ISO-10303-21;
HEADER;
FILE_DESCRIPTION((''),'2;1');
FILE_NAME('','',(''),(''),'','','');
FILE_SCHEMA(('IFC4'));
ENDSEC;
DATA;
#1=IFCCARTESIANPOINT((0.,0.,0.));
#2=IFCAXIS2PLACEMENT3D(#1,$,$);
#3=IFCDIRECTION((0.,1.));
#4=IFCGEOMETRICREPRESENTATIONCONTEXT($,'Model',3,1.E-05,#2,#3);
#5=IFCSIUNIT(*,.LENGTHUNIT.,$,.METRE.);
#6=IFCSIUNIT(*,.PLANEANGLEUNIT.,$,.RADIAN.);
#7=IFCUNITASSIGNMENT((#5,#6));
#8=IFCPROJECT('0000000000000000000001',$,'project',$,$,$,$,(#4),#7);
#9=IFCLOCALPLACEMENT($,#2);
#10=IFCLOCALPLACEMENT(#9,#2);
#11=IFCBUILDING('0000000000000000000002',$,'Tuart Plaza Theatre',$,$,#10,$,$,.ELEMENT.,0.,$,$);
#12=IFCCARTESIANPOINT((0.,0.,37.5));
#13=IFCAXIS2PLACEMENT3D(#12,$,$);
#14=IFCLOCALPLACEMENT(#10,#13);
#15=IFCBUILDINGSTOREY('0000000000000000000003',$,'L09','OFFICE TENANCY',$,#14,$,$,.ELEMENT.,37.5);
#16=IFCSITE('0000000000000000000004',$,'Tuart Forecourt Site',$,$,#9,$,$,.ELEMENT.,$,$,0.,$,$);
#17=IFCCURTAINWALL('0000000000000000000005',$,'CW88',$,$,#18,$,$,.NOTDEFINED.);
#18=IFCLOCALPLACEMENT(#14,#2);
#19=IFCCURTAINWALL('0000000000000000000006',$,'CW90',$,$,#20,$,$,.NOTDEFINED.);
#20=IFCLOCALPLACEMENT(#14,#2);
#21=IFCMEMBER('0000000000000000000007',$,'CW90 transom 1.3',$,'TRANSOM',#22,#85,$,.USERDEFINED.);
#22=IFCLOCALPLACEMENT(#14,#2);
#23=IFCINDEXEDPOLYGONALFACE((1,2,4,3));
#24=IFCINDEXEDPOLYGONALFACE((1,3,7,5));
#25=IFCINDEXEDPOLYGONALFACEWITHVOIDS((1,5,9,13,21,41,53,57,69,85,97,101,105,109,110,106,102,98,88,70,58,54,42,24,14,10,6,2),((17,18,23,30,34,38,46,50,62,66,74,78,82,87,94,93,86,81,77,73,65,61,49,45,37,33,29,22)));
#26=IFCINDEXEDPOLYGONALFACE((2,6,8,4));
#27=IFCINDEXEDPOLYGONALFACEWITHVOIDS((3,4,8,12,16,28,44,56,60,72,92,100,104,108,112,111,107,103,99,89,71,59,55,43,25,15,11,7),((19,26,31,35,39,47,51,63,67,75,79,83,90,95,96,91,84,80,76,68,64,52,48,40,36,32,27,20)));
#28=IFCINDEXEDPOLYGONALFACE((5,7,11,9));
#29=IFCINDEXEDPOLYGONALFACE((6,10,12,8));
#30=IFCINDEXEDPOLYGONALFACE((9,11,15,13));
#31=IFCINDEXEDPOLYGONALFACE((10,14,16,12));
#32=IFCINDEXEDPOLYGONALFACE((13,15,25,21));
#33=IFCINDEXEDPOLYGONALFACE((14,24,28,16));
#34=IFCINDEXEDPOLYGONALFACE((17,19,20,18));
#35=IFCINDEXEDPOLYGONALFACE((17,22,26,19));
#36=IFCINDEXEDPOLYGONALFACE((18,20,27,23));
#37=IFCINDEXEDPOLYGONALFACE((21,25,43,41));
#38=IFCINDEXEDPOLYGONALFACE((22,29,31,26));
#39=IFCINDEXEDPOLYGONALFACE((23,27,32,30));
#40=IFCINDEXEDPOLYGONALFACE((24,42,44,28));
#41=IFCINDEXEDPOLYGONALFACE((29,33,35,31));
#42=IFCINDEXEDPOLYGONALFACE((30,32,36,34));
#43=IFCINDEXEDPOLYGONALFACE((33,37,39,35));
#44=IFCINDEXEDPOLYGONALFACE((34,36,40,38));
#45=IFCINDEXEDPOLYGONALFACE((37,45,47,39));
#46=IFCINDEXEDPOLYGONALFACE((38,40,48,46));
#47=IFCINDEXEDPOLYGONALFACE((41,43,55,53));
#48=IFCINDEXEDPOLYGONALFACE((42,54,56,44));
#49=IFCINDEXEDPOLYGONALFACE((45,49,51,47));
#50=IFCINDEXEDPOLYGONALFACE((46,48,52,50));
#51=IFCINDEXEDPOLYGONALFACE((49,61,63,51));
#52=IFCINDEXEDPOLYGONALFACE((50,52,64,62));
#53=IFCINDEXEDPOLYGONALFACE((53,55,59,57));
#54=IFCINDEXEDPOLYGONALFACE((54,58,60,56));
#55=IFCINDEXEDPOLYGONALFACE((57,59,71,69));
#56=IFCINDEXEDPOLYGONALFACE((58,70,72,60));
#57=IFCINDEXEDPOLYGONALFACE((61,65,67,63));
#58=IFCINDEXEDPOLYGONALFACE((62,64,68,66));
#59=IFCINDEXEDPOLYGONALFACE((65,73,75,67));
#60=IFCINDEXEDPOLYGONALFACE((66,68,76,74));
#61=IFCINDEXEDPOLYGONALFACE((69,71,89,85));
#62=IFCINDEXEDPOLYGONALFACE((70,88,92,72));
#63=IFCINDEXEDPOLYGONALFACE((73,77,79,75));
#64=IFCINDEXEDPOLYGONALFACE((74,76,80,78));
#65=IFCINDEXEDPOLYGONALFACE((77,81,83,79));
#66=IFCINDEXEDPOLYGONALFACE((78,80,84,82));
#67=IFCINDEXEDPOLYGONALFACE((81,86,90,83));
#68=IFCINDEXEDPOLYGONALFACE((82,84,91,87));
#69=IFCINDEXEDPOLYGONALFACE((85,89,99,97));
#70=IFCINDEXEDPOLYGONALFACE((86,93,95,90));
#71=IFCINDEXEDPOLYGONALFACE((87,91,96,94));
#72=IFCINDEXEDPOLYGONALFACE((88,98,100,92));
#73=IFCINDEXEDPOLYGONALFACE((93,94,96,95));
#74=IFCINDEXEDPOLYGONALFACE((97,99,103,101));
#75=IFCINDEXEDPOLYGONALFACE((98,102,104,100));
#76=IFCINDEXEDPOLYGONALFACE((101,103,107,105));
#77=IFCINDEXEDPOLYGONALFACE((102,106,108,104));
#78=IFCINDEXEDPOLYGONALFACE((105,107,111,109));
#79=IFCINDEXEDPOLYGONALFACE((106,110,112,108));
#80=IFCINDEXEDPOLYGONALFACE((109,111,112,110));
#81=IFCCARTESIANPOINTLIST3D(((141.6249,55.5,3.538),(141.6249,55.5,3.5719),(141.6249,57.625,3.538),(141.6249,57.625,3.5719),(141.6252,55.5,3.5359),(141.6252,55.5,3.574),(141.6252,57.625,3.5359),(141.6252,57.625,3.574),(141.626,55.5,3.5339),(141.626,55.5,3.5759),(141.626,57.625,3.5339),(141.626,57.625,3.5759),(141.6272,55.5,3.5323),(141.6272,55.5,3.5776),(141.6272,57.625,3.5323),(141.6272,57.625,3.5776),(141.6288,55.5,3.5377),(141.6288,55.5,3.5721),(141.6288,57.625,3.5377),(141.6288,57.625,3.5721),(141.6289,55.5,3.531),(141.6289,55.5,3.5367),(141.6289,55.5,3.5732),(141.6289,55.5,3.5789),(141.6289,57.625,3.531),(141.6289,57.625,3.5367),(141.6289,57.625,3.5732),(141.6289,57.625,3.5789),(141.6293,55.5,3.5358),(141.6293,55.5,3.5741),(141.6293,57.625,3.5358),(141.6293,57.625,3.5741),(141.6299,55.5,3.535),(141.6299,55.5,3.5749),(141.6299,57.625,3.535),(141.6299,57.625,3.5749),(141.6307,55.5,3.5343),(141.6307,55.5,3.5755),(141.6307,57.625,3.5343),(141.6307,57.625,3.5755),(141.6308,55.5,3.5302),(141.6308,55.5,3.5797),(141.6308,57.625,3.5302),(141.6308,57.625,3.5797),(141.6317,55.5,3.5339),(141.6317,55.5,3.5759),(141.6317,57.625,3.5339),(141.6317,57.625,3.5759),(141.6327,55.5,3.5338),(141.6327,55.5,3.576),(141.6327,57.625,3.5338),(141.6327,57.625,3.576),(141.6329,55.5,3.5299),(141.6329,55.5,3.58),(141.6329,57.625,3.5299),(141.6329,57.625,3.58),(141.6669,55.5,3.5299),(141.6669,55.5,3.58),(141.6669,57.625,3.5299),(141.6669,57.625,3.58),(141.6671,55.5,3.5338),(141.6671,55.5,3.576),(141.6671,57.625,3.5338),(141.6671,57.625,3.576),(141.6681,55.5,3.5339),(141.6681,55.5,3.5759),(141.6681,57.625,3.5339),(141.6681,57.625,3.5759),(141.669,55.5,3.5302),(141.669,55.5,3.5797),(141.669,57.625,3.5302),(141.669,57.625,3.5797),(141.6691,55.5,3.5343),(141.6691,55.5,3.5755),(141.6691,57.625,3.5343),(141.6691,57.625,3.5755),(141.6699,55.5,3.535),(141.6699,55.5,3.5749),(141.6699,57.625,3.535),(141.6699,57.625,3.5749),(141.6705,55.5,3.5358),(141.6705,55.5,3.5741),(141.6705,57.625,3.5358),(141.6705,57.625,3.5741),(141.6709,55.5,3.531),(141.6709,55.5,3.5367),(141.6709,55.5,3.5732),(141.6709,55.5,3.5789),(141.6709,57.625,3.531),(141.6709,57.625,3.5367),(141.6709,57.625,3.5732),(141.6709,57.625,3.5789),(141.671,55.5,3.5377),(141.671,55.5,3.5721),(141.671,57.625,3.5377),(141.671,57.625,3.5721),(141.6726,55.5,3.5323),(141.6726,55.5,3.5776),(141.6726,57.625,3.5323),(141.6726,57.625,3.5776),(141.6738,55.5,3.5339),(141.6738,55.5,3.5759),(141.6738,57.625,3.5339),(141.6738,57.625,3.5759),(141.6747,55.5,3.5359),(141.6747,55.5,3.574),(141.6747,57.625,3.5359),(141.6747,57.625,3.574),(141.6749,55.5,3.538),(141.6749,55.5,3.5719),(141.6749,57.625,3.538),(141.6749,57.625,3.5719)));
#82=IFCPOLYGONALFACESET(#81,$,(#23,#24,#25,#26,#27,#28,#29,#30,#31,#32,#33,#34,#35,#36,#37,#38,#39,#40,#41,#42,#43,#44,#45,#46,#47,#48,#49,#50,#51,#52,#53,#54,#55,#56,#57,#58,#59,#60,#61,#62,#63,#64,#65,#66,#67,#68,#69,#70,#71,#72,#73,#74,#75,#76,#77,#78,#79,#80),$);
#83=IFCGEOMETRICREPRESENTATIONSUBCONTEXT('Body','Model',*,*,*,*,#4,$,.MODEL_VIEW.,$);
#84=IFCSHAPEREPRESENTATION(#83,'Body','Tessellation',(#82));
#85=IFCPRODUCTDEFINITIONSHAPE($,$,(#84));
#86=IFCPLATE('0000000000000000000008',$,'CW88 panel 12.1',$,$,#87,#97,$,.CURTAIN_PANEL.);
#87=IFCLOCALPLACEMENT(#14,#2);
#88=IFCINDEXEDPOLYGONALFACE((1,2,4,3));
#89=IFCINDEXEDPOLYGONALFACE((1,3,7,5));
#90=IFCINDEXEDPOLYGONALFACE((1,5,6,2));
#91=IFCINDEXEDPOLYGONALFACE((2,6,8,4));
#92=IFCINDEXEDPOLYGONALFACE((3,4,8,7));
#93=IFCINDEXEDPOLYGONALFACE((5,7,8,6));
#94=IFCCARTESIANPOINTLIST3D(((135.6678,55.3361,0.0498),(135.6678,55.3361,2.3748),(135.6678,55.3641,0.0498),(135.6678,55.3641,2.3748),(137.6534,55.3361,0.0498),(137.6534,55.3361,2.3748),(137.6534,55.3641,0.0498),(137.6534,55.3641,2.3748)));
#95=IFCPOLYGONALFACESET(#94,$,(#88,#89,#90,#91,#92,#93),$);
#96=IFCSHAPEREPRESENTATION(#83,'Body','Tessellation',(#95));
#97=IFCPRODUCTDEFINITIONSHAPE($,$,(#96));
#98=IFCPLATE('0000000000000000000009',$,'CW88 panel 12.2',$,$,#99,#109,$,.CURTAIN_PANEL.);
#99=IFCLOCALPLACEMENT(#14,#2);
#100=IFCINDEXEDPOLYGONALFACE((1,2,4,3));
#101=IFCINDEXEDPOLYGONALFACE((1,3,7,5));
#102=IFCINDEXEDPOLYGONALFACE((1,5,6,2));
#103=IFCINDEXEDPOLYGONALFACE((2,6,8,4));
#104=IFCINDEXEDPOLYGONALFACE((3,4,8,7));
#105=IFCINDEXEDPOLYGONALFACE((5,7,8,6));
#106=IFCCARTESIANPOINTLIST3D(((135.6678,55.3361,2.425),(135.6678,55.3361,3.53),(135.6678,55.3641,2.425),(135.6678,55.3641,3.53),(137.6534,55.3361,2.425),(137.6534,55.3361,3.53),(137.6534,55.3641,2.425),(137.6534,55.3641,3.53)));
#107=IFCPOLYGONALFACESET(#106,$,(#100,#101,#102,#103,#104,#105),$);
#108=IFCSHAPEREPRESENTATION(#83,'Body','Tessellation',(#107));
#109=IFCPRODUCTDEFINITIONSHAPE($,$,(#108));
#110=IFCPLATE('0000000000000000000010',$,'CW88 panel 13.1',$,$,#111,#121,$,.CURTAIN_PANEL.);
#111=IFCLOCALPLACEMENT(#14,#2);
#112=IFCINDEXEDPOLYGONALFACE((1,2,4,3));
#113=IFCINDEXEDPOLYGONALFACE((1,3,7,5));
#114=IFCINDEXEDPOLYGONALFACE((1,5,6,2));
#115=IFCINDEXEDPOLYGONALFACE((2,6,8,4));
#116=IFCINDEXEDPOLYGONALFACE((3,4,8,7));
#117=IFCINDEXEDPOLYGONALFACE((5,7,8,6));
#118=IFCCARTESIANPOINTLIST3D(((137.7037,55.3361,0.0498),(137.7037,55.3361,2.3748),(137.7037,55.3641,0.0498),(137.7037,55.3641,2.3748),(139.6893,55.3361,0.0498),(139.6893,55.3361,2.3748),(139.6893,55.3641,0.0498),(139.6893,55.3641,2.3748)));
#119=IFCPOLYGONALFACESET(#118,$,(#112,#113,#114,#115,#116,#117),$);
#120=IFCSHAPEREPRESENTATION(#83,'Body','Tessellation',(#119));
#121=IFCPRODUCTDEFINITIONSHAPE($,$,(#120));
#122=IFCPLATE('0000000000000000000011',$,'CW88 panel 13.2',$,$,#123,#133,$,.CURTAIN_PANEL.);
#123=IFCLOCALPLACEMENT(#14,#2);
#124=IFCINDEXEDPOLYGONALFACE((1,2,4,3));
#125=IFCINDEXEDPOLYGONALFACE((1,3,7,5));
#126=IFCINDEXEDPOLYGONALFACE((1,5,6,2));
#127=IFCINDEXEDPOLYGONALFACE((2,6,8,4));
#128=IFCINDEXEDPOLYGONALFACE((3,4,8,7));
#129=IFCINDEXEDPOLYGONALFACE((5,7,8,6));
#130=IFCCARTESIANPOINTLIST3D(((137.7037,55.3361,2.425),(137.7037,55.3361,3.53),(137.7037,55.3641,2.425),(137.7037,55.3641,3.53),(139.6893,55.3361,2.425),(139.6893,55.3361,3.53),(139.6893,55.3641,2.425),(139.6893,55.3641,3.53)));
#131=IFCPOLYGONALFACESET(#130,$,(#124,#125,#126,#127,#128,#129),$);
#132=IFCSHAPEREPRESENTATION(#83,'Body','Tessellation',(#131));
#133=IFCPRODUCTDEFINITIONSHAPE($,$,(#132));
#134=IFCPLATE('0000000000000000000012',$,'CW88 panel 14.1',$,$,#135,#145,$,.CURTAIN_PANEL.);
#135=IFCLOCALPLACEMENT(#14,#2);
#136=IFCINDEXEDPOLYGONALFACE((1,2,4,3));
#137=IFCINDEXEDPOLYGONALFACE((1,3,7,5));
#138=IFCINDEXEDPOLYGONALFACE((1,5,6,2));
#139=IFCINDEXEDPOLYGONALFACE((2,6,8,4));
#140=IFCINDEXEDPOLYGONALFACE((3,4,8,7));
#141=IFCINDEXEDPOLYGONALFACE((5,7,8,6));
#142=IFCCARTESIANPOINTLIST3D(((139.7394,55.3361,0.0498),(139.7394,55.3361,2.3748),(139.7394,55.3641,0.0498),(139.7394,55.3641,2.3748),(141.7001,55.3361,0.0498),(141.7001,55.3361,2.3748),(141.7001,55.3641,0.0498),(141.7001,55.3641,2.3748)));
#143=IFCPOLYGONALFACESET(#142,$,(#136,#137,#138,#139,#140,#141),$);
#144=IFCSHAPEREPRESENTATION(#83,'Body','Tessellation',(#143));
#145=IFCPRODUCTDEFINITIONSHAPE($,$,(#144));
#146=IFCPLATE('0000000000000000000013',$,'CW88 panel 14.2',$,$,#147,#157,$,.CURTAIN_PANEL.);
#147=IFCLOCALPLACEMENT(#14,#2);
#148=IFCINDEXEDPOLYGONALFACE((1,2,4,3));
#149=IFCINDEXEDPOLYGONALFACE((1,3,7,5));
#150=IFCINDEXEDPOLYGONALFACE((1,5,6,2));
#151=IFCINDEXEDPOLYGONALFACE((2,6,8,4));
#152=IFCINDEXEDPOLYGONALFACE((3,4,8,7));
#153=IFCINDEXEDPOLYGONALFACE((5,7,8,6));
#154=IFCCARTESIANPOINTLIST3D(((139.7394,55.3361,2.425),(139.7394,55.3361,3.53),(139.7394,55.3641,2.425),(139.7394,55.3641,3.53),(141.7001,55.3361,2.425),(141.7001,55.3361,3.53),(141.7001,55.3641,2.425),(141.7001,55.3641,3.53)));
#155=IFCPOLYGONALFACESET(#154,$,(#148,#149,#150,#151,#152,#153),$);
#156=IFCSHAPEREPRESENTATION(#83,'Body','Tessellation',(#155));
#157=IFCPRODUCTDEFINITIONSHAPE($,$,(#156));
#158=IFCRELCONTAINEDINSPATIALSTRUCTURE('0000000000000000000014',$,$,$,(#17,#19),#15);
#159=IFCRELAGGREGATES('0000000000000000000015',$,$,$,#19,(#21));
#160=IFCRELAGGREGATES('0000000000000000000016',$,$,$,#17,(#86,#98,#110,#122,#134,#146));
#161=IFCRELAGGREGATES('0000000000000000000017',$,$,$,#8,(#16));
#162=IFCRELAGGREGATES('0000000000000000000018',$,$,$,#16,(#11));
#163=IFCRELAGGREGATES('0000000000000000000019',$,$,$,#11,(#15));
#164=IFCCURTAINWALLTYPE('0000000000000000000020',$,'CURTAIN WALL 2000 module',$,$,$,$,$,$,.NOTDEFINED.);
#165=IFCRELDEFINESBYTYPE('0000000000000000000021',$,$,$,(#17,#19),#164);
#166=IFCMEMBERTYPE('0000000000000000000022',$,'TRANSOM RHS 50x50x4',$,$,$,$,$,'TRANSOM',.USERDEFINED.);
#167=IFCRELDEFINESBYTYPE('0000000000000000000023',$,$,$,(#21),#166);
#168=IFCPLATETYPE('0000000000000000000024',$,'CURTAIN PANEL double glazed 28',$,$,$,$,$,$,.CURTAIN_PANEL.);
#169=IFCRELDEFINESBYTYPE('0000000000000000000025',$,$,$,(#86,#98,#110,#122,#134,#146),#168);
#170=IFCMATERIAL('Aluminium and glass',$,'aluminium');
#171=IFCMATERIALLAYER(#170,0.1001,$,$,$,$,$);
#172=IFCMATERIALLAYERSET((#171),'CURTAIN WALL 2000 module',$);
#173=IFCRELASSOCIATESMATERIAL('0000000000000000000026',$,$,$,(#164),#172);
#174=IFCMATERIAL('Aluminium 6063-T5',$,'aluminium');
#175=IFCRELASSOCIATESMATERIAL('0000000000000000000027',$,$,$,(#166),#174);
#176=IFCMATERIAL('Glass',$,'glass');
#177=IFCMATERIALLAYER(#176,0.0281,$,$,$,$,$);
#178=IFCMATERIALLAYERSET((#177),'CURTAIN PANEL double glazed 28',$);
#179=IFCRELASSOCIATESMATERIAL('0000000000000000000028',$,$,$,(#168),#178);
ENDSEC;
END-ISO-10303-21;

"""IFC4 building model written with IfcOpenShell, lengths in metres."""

from ifc_helpers import new_model, si_unit, direction, frame, origin, origin_2d, place, context, subcontext, project, spatial, rectangle, hollow_rectangle, extrude, material, layer, layer_set, material_profile, profile_set, type_object, element, aggregate, save


model = new_model("IFC4")

# Units and contexts
model_context = context("Model", 3, precision=1e-05, world=origin(), true_north=direction((0.0, 1.0)))
body_context = subcontext(model_context, "Body", "Model", "MODEL_VIEW")
ifc_project = project(units=[si_unit("LENGTHUNIT", "METRE"), si_unit("PLANEANGLEUNIT", "RADIAN")], contexts=[model_context])

# Site, building, storey
site_placement = place(None, origin())
site = spatial("IfcSite", under=ifc_project, at=site_placement, Name="Tuart Forecourt Site", CompositionType="ELEMENT", RefElevation=0.0)
building_placement = place(site_placement, origin())
building = spatial("IfcBuilding", under=site, at=building_placement, Name="Tuart Plaza Theatre", CompositionType="ELEMENT", ElevationOfRefHeight=0.0)
storey_placement = place(building_placement, frame((0.0, 0.0, 37.5)))
storey = spatial("IfcBuildingStorey", under=building, at=storey_placement, Name="L09", Description="OFFICE TENANCY", CompositionType="ELEMENT", Elevation=37.5)

# Curtain wall
ifc_material_1 = material(Name="Aluminium and glass", Category="aluminium")
ifc_layer_1 = layer(ifc_material_1, 0.1001)
ifc_layer_set_1 = layer_set([ifc_layer_1], Name="CURTAIN WALL 2000 module")
curtain_wall_type = type_object("IfcCurtainWallType", Name="CURTAIN WALL 2000 module", PredefinedType="NOTDEFINED", material=ifc_layer_set_1)
curtain_wall_1_placement = place(storey_placement, origin())
curtain_wall_1 = element("IfcCurtainWall", 1, at=curtain_wall_1_placement, inside=storey, type_object=curtain_wall_type, Name="CW88", PredefinedType="NOTDEFINED")

# Curtain wall
curtain_wall_2_placement = place(storey_placement, origin())
curtain_wall_2 = element("IfcCurtainWall", 2, at=curtain_wall_2_placement, inside=storey, type_object=curtain_wall_type, Name="CW90", PredefinedType="NOTDEFINED")

# Member
ifc_material_2 = material(Name="Aluminium 6063-T5", Category="aluminium")
ifc_material_profile_1 = material_profile(ifc_material_2, hollow_rectangle(XDim=0.05, YDim=0.05, WallThickness=0.0039, InnerFilletRadius=0.0039, OuterFilletRadius=0.0081, at=origin_2d()), Name="RHS 50x50x4")
ifc_profile_set_1 = profile_set([ifc_material_profile_1], Name="Aluminium 6063-T5")
member_type_1 = type_object("IfcMemberType", Name="TRANSOM RHS 50x50x4", ElementType="TRANSOM", PredefinedType="USERDEFINED", material=ifc_profile_set_1)
member_1_placement = place(storey_placement, frame((141.6499, 55.5, 3.5549), z_axis=(0.0, 1.0, 0.0), x_axis=(-1.0, 0.0, 0.0)))
member_1 = element("IfcMember", 3, at=member_1_placement, type_object=member_type_1, Name="CW90 transom 1.3", ObjectType="TRANSOM", PredefinedType="USERDEFINED", context=body_context, shape_type="SweptSolid", body=[
    extrude(hollow_rectangle(XDim=0.05, YDim=0.05, WallThickness=0.0039, InnerFilletRadius=0.0039, OuterFilletRadius=0.0081, at=origin_2d()), origin(), (0.0, 0.0, 1.0), 2.125),
])
aggregate(curtain_wall_2, [member_1])

# Plates
ifc_material_3 = material(Name="Glass", Category="glass")
ifc_layer_2 = layer(ifc_material_3, 0.0281)
ifc_layer_set_2 = layer_set([ifc_layer_2], Name="CURTAIN PANEL double glazed 28")
plate_type = type_object("IfcPlateType", Name="CURTAIN PANEL double glazed 28", PredefinedType="CURTAIN_PANEL", material=ifc_layer_set_2)
plate_1_placement = place(storey_placement, frame((136.6606, 55.3501, 0.0498), z_axis=(0.0, 0.0, 1.0), x_axis=(1.0, 0.0, 0.0)))
plate_1 = element("IfcPlate", 4, at=plate_1_placement, type_object=plate_type, Name="CW88 panel 12.1", PredefinedType="CURTAIN_PANEL", context=body_context, shape_type="SweptSolid", body=[
    extrude(rectangle(XDim=1.9856, YDim=0.0281, at=origin_2d()), origin(), (0.0, 0.0, 1.0), 2.325),
])
plate_2_placement = place(storey_placement, frame((136.6606, 55.3501, 2.425), z_axis=(0.0, 0.0, 1.0), x_axis=(1.0, 0.0, 0.0)))
plate_2 = element("IfcPlate", 5, at=plate_2_placement, type_object=plate_type, Name="CW88 panel 12.2", PredefinedType="CURTAIN_PANEL", context=body_context, shape_type="SweptSolid", body=[
    extrude(rectangle(XDim=1.9856, YDim=0.0281, at=origin_2d()), origin(), (0.0, 0.0, 1.0), 1.105),
])
plate_3_placement = place(storey_placement, frame((138.6965, 55.3501, 0.0498), z_axis=(0.0, 0.0, 1.0), x_axis=(1.0, 0.0, 0.0)))
plate_3 = element("IfcPlate", 6, at=plate_3_placement, type_object=plate_type, Name="CW88 panel 13.1", PredefinedType="CURTAIN_PANEL", context=body_context, shape_type="SweptSolid", body=[
    extrude(rectangle(XDim=1.9856, YDim=0.0281, at=origin_2d()), origin(), (0.0, 0.0, 1.0), 2.325),
])
plate_4_placement = place(storey_placement, frame((138.6965, 55.3501, 2.425), z_axis=(0.0, 0.0, 1.0), x_axis=(1.0, 0.0, 0.0)))
plate_4 = element("IfcPlate", 7, at=plate_4_placement, type_object=plate_type, Name="CW88 panel 13.2", PredefinedType="CURTAIN_PANEL", context=body_context, shape_type="SweptSolid", body=[
    extrude(rectangle(XDim=1.9856, YDim=0.0281, at=origin_2d()), origin(), (0.0, 0.0, 1.0), 1.105),
])
plate_5_placement = place(storey_placement, frame((140.7197, 55.3501, 0.0498), z_axis=(0.0, 0.0, 1.0), x_axis=(1.0, 0.0, 0.0)))
plate_5 = element("IfcPlate", 8, at=plate_5_placement, type_object=plate_type, Name="CW88 panel 14.1", PredefinedType="CURTAIN_PANEL", context=body_context, shape_type="SweptSolid", body=[
    extrude(rectangle(XDim=1.9607, YDim=0.0281, at=origin_2d()), origin(), (0.0, 0.0, 1.0), 2.325),
])
plate_6_placement = place(storey_placement, frame((140.7197, 55.3501, 2.425), z_axis=(0.0, 0.0, 1.0), x_axis=(1.0, 0.0, 0.0)))
plate_6 = element("IfcPlate", 9, at=plate_6_placement, type_object=plate_type, Name="CW88 panel 14.2", PredefinedType="CURTAIN_PANEL", context=body_context, shape_type="SweptSolid", body=[
    extrude(rectangle(XDim=1.9607, YDim=0.0281, at=origin_2d()), origin(), (0.0, 0.0, 1.0), 1.105),
])
aggregate(curtain_wall_1, [plate_1, plate_2, plate_3, plate_4, plate_5, plate_6])

save(model, "model.ifc")
